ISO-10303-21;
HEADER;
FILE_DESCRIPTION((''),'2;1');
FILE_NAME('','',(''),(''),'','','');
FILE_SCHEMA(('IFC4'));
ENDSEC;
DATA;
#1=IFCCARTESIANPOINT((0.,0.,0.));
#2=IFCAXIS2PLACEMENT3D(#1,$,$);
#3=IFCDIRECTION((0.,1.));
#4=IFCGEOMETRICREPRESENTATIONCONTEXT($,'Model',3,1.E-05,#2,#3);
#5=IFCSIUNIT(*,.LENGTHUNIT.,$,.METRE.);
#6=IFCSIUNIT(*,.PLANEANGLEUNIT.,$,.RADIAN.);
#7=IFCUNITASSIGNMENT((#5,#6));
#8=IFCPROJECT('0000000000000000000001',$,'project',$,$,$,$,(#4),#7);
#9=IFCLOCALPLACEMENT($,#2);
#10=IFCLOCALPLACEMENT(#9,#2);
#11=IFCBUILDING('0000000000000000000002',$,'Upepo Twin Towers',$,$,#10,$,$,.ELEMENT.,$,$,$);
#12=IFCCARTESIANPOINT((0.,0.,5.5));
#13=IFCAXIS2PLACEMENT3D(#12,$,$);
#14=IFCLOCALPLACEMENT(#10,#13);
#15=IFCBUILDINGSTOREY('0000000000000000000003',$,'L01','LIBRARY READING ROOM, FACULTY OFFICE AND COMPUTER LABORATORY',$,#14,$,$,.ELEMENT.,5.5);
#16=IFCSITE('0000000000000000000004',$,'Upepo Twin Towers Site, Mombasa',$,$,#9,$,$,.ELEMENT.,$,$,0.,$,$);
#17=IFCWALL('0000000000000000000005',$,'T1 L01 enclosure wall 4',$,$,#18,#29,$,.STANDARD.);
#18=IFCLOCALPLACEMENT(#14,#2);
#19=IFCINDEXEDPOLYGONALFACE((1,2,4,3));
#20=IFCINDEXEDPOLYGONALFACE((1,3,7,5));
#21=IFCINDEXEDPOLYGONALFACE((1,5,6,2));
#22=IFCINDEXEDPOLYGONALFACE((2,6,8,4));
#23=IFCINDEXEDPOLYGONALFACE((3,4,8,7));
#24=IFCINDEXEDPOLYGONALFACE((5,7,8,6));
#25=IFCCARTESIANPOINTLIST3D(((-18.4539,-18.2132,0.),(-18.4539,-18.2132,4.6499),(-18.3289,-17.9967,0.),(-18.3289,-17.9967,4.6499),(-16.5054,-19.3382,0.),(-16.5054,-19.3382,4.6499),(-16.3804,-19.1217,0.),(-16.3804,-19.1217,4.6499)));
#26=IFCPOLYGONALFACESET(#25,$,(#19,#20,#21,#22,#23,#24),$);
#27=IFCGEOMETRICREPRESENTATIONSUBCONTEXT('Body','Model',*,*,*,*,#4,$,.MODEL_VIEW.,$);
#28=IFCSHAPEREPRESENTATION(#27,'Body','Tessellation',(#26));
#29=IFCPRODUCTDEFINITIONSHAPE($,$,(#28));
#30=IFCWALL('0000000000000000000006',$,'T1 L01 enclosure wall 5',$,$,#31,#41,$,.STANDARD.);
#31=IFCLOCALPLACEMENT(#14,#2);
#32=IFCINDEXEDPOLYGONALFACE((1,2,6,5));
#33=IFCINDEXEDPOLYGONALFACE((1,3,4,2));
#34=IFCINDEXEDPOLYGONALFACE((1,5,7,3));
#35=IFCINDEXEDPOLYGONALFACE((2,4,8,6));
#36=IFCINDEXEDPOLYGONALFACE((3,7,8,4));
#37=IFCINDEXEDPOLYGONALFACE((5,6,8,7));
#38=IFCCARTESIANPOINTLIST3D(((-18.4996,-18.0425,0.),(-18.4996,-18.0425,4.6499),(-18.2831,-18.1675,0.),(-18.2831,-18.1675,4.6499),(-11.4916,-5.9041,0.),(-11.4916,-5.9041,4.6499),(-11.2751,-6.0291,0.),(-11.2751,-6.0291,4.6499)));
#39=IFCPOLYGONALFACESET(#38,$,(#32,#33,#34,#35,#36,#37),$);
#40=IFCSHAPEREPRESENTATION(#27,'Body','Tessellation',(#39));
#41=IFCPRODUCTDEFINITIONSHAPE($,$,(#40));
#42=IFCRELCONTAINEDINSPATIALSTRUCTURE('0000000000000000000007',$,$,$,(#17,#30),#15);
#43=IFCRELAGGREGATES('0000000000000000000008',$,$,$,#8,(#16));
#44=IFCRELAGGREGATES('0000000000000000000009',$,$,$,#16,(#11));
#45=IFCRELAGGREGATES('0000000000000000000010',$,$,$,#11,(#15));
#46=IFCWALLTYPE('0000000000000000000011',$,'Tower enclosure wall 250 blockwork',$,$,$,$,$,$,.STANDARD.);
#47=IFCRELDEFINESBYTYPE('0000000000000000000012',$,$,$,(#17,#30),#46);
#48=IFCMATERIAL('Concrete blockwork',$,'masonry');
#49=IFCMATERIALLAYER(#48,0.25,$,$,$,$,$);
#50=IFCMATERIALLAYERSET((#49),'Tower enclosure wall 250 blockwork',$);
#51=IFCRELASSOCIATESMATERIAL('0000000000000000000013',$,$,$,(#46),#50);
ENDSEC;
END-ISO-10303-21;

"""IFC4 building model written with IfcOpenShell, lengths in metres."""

from ifc_helpers import new_model, si_unit, direction, frame, frame_2d, origin, place, context, subcontext, project, spatial, rectangle, extrude, material, layer, layer_set, type_object, element, save


model = new_model("IFC4")

# Units and contexts
model_context = context("Model", 3, precision=1e-05, world=origin(), true_north=direction((0.0, 1.0)))
body_context = subcontext(model_context, "Body", "Model", "MODEL_VIEW")
ifc_project = project(units=[si_unit("LENGTHUNIT", "METRE"), si_unit("PLANEANGLEUNIT", "RADIAN")], contexts=[model_context])

# Site, building, storey
site_placement = place(None, origin())
site = spatial("IfcSite", under=ifc_project, at=site_placement, Name="Upepo Twin Towers Site, Mombasa", CompositionType="ELEMENT", RefElevation=0.0)
building_placement = place(site_placement, origin())
building = spatial("IfcBuilding", under=site, at=building_placement, Name="Upepo Twin Towers", CompositionType="ELEMENT")
storey_placement = place(building_placement, frame((0.0, 0.0, 5.5)))
storey = spatial("IfcBuildingStorey", under=building, at=storey_placement, Name="L01", Description="LIBRARY READING ROOM, FACULTY OFFICE AND COMPUTER LABORATORY", CompositionType="ELEMENT", Elevation=5.5)

# Walls
ifc_material_1 = material(Name="Concrete blockwork", Category="masonry")
ifc_layer_1 = layer(ifc_material_1, 0.25)
ifc_layer_set_1 = layer_set([ifc_layer_1], Name="Tower enclosure wall 250 blockwork")
wall_type_1 = type_object("IfcWallType", Name="Tower enclosure wall 250 blockwork", PredefinedType="STANDARD", material=ifc_layer_set_1)
for number, where, z_axis, x_axis, name in (
    (1, (-16.4429, -19.23, 0.0), (0.0, 0.0, 1.0), (-0.866018, 0.500014, 0.0), "T1 L01 enclosure wall 4"),
):
    element("IfcWall", number, at=place(storey_placement, frame(where, z_axis=z_axis, x_axis=x_axis)), inside=storey, type_object=wall_type_1, Name=name, PredefinedType="STANDARD", context=body_context, shape_type="SweptSolid", body=[
        extrude(rectangle(XDim=2.25, YDim=0.25, at=frame_2d((1.125, 0.0))), origin(), (0.0, 0.0, 1.0), 4.6499),
    ])
wall_1_placement = place(storey_placement, frame((-18.3914, -18.105, 0.0), z_axis=(0.0, 0.0, 1.0), x_axis=(0.499996, 0.866028, 0.0)))
element("IfcWall", 2, at=wall_1_placement, inside=storey, type_object=wall_type_1, Name="T1 L01 enclosure wall 5", PredefinedType="STANDARD", context=body_context, shape_type="SweptSolid", body=[
    extrude(rectangle(XDim=14.0161, YDim=0.25, at=frame_2d((7.0081, 0.0))), origin(), (0.0, 0.0, 1.0), 4.6499),
])

save(model, "model.ifc")
